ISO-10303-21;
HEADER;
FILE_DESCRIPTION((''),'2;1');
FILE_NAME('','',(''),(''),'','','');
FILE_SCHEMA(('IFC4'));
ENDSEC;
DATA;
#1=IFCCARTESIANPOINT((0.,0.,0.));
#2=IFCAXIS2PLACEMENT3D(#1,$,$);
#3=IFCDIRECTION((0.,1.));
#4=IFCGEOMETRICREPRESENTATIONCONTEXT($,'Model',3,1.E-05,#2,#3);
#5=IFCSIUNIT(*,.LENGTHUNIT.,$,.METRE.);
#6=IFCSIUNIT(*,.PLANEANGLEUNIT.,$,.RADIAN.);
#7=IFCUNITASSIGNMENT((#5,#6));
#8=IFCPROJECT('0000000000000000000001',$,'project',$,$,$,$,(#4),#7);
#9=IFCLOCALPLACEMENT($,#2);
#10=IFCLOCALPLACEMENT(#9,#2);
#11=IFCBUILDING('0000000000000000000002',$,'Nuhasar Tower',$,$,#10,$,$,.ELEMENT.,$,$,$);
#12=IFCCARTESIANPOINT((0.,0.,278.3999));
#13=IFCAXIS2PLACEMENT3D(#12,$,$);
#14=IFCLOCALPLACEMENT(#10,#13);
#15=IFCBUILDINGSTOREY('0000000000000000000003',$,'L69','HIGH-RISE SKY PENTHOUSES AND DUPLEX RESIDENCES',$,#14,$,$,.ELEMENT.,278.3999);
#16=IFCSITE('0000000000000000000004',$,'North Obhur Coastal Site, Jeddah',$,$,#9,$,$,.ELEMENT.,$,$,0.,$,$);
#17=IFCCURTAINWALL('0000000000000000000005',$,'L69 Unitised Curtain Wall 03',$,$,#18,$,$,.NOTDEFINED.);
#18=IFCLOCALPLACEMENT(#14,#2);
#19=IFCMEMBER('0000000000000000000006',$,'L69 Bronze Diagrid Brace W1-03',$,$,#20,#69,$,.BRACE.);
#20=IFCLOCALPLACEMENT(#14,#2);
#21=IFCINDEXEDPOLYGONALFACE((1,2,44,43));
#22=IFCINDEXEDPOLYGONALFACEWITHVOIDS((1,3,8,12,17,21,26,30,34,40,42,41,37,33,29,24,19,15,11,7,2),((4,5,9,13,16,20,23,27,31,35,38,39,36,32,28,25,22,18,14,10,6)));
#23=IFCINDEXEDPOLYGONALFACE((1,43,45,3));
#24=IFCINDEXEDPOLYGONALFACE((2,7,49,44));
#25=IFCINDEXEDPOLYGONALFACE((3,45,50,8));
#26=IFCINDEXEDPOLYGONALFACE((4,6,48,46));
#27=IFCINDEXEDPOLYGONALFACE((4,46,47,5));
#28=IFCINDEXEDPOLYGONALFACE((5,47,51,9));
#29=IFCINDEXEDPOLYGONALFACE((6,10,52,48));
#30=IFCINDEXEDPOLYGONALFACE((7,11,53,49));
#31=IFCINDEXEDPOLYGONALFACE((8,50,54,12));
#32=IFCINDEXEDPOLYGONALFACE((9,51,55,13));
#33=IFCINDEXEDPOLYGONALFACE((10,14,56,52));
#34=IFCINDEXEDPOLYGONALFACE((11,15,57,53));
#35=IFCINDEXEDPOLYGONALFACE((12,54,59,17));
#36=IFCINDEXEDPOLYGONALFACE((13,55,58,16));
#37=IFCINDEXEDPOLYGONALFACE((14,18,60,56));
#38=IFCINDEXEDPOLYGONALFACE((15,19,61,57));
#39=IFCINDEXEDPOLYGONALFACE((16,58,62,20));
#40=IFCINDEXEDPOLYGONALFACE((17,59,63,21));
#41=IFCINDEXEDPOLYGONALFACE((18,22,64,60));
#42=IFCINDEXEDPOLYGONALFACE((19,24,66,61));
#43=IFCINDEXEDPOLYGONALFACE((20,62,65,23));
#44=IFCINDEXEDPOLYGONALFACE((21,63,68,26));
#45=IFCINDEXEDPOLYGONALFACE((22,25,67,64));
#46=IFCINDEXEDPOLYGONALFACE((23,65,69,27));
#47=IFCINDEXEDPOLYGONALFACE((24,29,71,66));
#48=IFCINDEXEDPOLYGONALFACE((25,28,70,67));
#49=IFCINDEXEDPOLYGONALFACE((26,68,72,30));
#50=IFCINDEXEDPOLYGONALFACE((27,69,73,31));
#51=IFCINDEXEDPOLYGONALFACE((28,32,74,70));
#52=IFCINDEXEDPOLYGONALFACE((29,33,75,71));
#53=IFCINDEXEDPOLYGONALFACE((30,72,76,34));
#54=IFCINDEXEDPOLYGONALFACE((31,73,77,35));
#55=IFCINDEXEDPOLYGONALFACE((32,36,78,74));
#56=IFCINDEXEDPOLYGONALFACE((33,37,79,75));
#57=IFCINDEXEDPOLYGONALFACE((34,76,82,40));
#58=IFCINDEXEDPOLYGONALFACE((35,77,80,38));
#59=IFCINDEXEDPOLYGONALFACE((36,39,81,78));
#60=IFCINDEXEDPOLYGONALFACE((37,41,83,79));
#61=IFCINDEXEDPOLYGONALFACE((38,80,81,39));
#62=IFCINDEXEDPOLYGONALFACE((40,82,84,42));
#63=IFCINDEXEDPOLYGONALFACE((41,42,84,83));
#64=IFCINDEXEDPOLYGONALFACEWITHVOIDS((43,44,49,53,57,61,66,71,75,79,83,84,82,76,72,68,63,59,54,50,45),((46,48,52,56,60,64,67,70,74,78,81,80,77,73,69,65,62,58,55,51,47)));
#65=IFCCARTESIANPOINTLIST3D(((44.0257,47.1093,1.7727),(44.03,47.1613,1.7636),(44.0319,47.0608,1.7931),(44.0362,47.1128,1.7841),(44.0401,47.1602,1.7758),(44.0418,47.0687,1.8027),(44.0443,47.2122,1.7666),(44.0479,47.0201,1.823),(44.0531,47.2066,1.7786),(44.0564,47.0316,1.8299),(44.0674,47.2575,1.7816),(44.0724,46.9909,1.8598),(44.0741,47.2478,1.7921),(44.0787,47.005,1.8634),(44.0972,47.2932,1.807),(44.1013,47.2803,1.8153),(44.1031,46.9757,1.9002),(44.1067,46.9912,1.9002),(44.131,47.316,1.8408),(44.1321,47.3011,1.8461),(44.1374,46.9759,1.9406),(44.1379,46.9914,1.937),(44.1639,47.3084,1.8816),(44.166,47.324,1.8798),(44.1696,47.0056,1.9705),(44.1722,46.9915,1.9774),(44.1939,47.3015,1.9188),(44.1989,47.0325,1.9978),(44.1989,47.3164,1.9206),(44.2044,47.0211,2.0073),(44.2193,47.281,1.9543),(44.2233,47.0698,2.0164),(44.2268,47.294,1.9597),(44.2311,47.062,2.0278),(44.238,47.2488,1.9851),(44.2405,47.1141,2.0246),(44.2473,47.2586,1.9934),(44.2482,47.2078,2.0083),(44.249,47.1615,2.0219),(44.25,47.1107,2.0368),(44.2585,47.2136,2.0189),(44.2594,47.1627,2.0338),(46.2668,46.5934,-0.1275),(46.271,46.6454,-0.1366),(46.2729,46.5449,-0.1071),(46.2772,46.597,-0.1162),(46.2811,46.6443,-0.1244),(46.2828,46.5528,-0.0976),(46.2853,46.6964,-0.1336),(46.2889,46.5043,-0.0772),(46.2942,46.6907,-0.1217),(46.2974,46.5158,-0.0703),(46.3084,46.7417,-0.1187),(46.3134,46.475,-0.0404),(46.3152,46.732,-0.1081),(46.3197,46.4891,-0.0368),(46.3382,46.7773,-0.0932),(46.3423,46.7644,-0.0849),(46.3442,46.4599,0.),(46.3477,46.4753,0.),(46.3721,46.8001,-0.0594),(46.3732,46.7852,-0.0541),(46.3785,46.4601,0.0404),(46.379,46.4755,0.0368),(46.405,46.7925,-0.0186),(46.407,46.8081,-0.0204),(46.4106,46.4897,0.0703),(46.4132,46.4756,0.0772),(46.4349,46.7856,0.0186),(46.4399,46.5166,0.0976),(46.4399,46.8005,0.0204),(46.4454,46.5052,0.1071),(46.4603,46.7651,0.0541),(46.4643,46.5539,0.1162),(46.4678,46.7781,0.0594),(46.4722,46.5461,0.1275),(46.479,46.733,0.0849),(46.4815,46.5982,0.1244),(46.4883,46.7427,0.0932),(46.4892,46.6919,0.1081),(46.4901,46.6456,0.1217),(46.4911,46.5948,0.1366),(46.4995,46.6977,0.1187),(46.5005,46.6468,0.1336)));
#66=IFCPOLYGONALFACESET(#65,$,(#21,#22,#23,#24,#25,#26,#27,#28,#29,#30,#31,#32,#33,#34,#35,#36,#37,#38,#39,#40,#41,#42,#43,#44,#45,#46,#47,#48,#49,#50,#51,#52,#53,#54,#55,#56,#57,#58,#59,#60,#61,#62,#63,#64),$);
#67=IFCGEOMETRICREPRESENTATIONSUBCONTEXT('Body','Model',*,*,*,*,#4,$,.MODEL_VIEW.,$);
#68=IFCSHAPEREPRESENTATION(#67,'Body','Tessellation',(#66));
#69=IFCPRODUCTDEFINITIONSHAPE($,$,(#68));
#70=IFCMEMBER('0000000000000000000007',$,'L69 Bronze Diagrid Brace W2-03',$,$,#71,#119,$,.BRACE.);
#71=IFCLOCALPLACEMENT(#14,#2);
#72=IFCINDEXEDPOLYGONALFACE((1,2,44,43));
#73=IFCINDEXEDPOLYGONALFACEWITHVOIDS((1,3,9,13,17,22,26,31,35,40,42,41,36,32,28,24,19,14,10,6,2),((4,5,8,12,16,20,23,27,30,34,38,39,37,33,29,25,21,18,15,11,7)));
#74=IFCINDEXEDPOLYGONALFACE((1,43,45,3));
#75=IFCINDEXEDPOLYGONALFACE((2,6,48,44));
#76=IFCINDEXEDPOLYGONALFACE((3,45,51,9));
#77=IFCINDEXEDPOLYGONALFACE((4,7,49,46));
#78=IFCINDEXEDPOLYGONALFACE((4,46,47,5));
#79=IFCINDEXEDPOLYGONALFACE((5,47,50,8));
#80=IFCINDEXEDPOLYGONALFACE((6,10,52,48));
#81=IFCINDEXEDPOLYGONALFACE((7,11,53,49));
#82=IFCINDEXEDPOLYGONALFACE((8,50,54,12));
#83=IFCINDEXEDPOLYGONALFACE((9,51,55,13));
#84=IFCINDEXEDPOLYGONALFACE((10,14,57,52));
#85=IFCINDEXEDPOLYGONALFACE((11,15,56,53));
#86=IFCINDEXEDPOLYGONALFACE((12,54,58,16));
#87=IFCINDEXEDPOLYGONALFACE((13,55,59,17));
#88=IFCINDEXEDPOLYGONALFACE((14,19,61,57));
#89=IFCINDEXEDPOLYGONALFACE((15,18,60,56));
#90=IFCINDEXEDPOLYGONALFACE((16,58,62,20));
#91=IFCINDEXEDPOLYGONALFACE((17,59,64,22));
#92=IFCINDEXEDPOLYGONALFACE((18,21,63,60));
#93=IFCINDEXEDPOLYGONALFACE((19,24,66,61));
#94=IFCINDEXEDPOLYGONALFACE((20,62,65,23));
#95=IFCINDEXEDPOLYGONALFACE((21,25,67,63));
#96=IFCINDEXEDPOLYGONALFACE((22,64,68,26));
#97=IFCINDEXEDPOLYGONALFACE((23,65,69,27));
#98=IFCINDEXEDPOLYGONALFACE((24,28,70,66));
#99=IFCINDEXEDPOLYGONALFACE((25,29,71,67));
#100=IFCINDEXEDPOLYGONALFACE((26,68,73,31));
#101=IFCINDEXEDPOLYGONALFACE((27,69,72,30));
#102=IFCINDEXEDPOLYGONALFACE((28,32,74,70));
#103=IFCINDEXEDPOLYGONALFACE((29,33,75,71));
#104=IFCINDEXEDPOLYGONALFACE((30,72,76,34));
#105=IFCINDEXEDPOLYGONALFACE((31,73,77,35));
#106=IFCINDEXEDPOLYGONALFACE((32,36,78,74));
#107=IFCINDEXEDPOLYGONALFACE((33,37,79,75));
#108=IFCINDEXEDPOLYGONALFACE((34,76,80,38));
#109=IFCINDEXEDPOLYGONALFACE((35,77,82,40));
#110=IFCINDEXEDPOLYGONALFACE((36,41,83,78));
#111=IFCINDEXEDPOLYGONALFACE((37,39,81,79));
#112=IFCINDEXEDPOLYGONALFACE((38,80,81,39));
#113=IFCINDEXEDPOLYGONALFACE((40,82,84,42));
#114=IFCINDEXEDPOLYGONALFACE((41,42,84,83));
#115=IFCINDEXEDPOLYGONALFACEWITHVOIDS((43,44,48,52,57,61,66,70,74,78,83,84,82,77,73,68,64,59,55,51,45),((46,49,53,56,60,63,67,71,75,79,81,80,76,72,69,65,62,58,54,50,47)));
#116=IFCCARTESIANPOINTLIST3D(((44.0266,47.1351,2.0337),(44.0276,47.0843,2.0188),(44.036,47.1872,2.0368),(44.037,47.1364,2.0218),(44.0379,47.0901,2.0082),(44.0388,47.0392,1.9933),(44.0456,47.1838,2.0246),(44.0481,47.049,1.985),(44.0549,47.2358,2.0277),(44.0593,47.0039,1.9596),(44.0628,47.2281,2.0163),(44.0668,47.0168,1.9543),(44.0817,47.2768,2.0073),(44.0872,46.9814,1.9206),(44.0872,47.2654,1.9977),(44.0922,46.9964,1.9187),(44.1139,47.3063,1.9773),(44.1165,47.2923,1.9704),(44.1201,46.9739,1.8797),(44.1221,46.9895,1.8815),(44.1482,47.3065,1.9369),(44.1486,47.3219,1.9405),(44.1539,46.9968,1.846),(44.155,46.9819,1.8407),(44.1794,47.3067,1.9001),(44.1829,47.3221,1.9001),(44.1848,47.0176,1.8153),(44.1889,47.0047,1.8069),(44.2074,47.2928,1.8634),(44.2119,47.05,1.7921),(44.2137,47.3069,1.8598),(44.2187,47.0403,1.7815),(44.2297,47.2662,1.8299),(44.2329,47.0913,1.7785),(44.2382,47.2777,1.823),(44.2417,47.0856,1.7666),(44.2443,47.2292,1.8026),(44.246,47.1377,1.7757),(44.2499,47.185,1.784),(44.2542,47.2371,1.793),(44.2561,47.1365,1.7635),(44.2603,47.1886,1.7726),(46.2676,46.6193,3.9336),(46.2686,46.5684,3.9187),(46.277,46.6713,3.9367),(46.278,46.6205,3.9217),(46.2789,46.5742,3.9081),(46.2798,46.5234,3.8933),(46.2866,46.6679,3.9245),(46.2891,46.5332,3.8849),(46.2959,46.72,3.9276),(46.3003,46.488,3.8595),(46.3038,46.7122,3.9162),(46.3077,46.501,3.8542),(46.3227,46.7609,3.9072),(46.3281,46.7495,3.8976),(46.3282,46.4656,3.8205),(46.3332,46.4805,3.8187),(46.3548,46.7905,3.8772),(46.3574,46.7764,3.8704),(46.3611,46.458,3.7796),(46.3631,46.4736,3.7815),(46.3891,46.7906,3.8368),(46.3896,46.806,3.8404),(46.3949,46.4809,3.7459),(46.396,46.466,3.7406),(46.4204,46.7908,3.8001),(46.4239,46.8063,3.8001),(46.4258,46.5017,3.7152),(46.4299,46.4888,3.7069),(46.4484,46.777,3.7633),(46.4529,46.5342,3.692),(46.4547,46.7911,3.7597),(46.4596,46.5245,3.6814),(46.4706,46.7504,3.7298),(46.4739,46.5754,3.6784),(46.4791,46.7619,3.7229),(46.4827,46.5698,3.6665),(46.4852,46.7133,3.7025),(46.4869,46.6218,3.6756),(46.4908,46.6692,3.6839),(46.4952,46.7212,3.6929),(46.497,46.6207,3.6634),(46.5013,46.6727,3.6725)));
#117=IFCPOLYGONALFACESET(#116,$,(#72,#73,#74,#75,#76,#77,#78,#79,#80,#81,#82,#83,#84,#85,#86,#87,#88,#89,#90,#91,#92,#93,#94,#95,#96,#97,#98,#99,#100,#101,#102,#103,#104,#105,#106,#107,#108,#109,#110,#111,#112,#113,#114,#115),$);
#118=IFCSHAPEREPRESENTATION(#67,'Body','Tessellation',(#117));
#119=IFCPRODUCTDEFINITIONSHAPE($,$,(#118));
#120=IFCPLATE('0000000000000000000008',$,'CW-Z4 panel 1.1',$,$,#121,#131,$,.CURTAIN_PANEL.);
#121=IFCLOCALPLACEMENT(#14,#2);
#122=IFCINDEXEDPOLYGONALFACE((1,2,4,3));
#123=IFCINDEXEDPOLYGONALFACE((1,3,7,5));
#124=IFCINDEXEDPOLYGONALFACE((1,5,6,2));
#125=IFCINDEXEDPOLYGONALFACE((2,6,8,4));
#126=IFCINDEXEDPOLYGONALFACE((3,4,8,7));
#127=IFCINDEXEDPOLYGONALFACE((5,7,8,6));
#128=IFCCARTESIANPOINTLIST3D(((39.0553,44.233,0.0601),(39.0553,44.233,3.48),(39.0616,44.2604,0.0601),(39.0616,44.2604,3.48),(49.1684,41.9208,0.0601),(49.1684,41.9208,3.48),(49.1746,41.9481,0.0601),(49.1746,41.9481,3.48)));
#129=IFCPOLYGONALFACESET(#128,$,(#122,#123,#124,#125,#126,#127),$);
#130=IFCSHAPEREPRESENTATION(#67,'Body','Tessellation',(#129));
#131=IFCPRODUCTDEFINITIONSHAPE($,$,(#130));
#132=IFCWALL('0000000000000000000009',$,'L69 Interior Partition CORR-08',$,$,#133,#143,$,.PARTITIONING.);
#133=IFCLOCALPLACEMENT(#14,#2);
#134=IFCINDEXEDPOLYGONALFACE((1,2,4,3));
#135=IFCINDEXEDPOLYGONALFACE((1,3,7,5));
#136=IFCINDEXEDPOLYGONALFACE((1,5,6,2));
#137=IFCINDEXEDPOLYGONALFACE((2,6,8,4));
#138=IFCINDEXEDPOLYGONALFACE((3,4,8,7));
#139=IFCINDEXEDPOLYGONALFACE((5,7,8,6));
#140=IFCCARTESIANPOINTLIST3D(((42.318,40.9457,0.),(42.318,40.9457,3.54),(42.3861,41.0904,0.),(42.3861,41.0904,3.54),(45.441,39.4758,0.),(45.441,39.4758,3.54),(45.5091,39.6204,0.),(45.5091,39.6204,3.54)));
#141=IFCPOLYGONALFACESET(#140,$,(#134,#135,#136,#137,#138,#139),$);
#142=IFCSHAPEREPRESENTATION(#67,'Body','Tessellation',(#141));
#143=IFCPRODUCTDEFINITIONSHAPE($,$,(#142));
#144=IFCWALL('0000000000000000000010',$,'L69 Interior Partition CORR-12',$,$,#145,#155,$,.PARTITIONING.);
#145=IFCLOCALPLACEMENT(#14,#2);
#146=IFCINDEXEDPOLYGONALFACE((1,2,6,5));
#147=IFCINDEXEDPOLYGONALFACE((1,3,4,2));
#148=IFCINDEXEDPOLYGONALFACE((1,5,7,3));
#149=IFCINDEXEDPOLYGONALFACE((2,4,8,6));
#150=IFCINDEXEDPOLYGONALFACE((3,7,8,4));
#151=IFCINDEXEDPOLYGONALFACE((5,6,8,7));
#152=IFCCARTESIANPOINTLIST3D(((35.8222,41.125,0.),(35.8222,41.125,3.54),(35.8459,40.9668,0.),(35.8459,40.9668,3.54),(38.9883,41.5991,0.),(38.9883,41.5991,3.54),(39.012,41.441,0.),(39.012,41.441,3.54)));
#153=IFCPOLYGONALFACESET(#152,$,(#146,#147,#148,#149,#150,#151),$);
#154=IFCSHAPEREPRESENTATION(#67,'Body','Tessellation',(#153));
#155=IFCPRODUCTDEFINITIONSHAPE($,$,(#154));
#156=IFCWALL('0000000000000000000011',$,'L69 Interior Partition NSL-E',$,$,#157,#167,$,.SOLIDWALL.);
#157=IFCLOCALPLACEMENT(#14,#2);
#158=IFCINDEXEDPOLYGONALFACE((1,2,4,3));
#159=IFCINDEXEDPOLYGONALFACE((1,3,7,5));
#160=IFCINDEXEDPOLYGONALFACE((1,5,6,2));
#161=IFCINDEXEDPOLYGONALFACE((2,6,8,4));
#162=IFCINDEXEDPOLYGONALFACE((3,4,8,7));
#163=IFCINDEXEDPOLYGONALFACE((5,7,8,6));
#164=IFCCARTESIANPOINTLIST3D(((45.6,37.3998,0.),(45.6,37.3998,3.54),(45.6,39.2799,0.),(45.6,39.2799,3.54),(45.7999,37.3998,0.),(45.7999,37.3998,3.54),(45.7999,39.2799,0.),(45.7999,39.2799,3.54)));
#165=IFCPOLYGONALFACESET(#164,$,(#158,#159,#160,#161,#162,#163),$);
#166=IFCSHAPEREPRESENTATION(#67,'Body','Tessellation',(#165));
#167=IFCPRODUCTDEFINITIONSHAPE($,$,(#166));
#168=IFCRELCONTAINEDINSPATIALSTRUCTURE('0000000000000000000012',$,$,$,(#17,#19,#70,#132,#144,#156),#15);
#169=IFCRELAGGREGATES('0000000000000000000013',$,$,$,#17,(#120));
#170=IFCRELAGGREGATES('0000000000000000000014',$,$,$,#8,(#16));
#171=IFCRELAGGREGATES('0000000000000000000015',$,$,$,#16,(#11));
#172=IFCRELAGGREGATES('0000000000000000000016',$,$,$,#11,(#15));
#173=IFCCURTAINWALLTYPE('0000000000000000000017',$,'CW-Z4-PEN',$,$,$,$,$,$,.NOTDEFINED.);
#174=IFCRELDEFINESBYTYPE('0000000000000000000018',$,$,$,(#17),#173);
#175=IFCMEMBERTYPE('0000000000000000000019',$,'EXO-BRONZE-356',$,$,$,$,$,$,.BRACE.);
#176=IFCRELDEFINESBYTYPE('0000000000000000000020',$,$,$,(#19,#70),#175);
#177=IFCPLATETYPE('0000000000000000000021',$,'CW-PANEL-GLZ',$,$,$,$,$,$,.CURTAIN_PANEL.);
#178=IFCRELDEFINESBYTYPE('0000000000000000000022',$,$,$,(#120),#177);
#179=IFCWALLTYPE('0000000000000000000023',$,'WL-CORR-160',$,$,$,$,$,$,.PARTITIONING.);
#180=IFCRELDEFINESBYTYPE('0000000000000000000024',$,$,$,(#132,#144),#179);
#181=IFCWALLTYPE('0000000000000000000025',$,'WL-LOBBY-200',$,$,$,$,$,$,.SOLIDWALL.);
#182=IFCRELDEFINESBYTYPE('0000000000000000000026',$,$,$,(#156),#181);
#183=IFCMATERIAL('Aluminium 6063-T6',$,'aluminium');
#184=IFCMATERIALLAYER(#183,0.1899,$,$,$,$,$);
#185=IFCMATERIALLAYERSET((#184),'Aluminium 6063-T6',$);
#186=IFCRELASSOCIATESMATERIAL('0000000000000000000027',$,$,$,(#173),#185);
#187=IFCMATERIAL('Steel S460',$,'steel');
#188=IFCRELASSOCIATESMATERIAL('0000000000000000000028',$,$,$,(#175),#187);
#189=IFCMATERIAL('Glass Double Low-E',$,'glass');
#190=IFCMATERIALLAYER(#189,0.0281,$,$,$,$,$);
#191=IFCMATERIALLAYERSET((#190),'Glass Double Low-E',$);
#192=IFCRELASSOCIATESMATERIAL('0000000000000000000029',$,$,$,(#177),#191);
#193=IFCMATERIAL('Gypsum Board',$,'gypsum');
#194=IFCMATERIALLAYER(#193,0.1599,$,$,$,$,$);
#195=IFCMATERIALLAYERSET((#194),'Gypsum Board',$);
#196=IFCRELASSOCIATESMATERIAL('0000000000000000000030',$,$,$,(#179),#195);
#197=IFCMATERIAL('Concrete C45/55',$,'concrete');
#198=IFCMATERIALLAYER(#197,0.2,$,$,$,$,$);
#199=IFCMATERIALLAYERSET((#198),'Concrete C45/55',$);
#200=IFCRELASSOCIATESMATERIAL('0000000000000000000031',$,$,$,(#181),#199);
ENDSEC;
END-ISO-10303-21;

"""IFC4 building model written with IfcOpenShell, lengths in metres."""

from ifc_helpers import new_model, si_unit, direction, frame, frame_2d, origin, origin_2d, place, context, subcontext, project, spatial, rectangle, hollow_circle, extrude, material, layer, layer_set, material_profile, profile_set, type_object, element, aggregate, save


model = new_model("IFC4")

# Units and contexts
model_context = context("Model", 3, precision=1e-05, world=origin(), true_north=direction((0.0, 1.0)))
body_context = subcontext(model_context, "Body", "Model", "MODEL_VIEW")
ifc_project = project(units=[si_unit("LENGTHUNIT", "METRE"), si_unit("PLANEANGLEUNIT", "RADIAN")], contexts=[model_context])

# Site, building, storey
site_placement = place(None, origin())
site = spatial("IfcSite", under=ifc_project, at=site_placement, Name="North Obhur Coastal Site, Jeddah", CompositionType="ELEMENT", RefElevation=0.0)
building_placement = place(site_placement, origin())
building = spatial("IfcBuilding", under=site, at=building_placement, Name="Nuhasar Tower", CompositionType="ELEMENT")
storey_placement = place(building_placement, frame((0.0, 0.0, 278.3999)))
storey = spatial("IfcBuildingStorey", under=building, at=storey_placement, Name="L69", Description="HIGH-RISE SKY PENTHOUSES AND DUPLEX RESIDENCES", CompositionType="ELEMENT", Elevation=278.3999)

# Curtain wall
ifc_material_1 = material(Name="Aluminium 6063-T6", Category="aluminium")
ifc_layer_1 = layer(ifc_material_1, 0.1899)
ifc_layer_set_1 = layer_set([ifc_layer_1], Name="Aluminium 6063-T6")
curtain_wall_type = type_object("IfcCurtainWallType", Name="CW-Z4-PEN", PredefinedType="NOTDEFINED", material=ifc_layer_set_1)
curtain_wall_1_placement = place(storey_placement, origin())
curtain_wall_1 = element("IfcCurtainWall", 1, at=curtain_wall_1_placement, inside=storey, type_object=curtain_wall_type, Name="L69 Unitised Curtain Wall 03", PredefinedType="NOTDEFINED")

# Members
ifc_material_2 = material(Name="Steel S460", Category="steel")
ifc_material_profile_1 = material_profile(ifc_material_2, hollow_circle(Radius=0.1777, WallThickness=0.0159, at=origin_2d()), Name="HSS355.6X15.9")
ifc_profile_set_1 = profile_set([ifc_material_profile_1], Name="Steel S460")
member_type_1 = type_object("IfcMemberType", Name="EXO-BRONZE-356", PredefinedType="BRACE", material=ifc_profile_set_1)
member_1_placement = place(storey_placement, frame((46.384, 46.6331, 0.0), z_axis=(-0.751232, 0.172933, 0.63698), x_axis=(-0.224332, -0.974513, 0.0)))
element("IfcMember", 2, at=member_1_placement, inside=storey, type_object=member_type_1, Name="L69 Bronze Diagrid Brace W1-03", PredefinedType="BRACE", context=body_context, shape_type="SweptSolid", body=[
    extrude(hollow_circle(Radius=0.1777, WallThickness=0.0159, at=origin_2d()), origin(), (0.0, 0.0, 1.0), 2.9832),
])
member_2_placement = place(storey_placement, frame((44.1431, 47.1489, 1.9001), z_axis=(0.751272, -0.172942, 0.636932), x_axis=(0.224332, 0.974513, 0.0)))
element("IfcMember", 3, at=member_2_placement, inside=storey, type_object=member_type_1, Name="L69 Bronze Diagrid Brace W2-03", PredefinedType="BRACE", context=body_context, shape_type="SweptSolid", body=[
    extrude(hollow_circle(Radius=0.1777, WallThickness=0.0159, at=origin_2d()), origin(), (0.0, 0.0, 1.0), 2.9829),
])

# Plate
ifc_material_3 = material(Name="Glass Double Low-E", Category="glass")
ifc_layer_2 = layer(ifc_material_3, 0.0281)
ifc_layer_set_2 = layer_set([ifc_layer_2], Name="Glass Double Low-E")
plate_type = type_object("IfcPlateType", Name="CW-PANEL-GLZ", PredefinedType="CURTAIN_PANEL", material=ifc_layer_set_2)
plate_placement = place(storey_placement, frame((44.115, 43.0906, 0.0601), z_axis=(0.0, 0.0, 1.0), x_axis=(-0.974844, 0.222889, 0.0)))
plate = element("IfcPlate", 4, at=plate_placement, type_object=plate_type, Name="CW-Z4 panel 1.1", PredefinedType="CURTAIN_PANEL", context=body_context, shape_type="SweptSolid", body=[
    extrude(rectangle(XDim=10.374, YDim=0.0281, at=origin_2d()), origin(), (0.0, 0.0, 1.0), 3.4199),
])
aggregate(curtain_wall_1, [plate])

# Wall
ifc_material_4 = material(Name="Gypsum Board", Category="gypsum")
ifc_layer_3 = layer(ifc_material_4, 0.1599)
ifc_layer_set_3 = layer_set([ifc_layer_3], Name="Gypsum Board")
wall_type_1 = type_object("IfcWallType", Name="WL-CORR-160", PredefinedType="PARTITIONING", material=ifc_layer_set_3)
wall_1_placement = place(storey_placement, frame((45.4751, 39.5481, 0.0), z_axis=(0.0, 0.0, 1.0), x_axis=(-0.904785, 0.425869, 0.0)))
element("IfcWall", 5, at=wall_1_placement, inside=storey, type_object=wall_type_1, Name="L69 Interior Partition CORR-08", PredefinedType="PARTITIONING", context=body_context, shape_type="SweptSolid", body=[
    extrude(rectangle(XDim=3.4517, YDim=0.1599, at=frame_2d((1.7258, 0.0))), origin(), (0.0, 0.0, 1.0), 3.54),
])

# Walls
wall_2_placement = place(storey_placement, frame((39.0, 41.52, 0.0), z_axis=(0.0, 0.0, 1.0), x_axis=(-0.988972, -0.148102, 0.0)))
element("IfcWall", 6, at=wall_2_placement, inside=storey, type_object=wall_type_1, Name="L69 Interior Partition CORR-12", PredefinedType="PARTITIONING", context=body_context, shape_type="SweptSolid", body=[
    extrude(rectangle(XDim=3.2014, YDim=0.1599, at=frame_2d((1.6006, 0.0))), origin(), (0.0, 0.0, 1.0), 3.54),
])
ifc_material_5 = material(Name="Concrete C45/55", Category="concrete")
ifc_layer_4 = layer(ifc_material_5, 0.2)
ifc_layer_set_4 = layer_set([ifc_layer_4], Name="Concrete C45/55")
wall_type_2 = type_object("IfcWallType", Name="WL-LOBBY-200", PredefinedType="SOLIDWALL", material=ifc_layer_set_4)
wall_3_placement = place(storey_placement, frame((45.7, 37.3999, 0.0), z_axis=(0.0, 0.0, 1.0), x_axis=(0.0, 1.0, 0.0)))
element("IfcWall", 7, at=wall_3_placement, inside=storey, type_object=wall_type_2, Name="L69 Interior Partition NSL-E", PredefinedType="SOLIDWALL", context=body_context, shape_type="SweptSolid", body=[
    extrude(rectangle(XDim=1.8801, YDim=0.2, at=frame_2d((0.9399, 0.0))), origin(), (0.0, 0.0, 1.0), 3.54),
])

save(model, "model.ifc")
